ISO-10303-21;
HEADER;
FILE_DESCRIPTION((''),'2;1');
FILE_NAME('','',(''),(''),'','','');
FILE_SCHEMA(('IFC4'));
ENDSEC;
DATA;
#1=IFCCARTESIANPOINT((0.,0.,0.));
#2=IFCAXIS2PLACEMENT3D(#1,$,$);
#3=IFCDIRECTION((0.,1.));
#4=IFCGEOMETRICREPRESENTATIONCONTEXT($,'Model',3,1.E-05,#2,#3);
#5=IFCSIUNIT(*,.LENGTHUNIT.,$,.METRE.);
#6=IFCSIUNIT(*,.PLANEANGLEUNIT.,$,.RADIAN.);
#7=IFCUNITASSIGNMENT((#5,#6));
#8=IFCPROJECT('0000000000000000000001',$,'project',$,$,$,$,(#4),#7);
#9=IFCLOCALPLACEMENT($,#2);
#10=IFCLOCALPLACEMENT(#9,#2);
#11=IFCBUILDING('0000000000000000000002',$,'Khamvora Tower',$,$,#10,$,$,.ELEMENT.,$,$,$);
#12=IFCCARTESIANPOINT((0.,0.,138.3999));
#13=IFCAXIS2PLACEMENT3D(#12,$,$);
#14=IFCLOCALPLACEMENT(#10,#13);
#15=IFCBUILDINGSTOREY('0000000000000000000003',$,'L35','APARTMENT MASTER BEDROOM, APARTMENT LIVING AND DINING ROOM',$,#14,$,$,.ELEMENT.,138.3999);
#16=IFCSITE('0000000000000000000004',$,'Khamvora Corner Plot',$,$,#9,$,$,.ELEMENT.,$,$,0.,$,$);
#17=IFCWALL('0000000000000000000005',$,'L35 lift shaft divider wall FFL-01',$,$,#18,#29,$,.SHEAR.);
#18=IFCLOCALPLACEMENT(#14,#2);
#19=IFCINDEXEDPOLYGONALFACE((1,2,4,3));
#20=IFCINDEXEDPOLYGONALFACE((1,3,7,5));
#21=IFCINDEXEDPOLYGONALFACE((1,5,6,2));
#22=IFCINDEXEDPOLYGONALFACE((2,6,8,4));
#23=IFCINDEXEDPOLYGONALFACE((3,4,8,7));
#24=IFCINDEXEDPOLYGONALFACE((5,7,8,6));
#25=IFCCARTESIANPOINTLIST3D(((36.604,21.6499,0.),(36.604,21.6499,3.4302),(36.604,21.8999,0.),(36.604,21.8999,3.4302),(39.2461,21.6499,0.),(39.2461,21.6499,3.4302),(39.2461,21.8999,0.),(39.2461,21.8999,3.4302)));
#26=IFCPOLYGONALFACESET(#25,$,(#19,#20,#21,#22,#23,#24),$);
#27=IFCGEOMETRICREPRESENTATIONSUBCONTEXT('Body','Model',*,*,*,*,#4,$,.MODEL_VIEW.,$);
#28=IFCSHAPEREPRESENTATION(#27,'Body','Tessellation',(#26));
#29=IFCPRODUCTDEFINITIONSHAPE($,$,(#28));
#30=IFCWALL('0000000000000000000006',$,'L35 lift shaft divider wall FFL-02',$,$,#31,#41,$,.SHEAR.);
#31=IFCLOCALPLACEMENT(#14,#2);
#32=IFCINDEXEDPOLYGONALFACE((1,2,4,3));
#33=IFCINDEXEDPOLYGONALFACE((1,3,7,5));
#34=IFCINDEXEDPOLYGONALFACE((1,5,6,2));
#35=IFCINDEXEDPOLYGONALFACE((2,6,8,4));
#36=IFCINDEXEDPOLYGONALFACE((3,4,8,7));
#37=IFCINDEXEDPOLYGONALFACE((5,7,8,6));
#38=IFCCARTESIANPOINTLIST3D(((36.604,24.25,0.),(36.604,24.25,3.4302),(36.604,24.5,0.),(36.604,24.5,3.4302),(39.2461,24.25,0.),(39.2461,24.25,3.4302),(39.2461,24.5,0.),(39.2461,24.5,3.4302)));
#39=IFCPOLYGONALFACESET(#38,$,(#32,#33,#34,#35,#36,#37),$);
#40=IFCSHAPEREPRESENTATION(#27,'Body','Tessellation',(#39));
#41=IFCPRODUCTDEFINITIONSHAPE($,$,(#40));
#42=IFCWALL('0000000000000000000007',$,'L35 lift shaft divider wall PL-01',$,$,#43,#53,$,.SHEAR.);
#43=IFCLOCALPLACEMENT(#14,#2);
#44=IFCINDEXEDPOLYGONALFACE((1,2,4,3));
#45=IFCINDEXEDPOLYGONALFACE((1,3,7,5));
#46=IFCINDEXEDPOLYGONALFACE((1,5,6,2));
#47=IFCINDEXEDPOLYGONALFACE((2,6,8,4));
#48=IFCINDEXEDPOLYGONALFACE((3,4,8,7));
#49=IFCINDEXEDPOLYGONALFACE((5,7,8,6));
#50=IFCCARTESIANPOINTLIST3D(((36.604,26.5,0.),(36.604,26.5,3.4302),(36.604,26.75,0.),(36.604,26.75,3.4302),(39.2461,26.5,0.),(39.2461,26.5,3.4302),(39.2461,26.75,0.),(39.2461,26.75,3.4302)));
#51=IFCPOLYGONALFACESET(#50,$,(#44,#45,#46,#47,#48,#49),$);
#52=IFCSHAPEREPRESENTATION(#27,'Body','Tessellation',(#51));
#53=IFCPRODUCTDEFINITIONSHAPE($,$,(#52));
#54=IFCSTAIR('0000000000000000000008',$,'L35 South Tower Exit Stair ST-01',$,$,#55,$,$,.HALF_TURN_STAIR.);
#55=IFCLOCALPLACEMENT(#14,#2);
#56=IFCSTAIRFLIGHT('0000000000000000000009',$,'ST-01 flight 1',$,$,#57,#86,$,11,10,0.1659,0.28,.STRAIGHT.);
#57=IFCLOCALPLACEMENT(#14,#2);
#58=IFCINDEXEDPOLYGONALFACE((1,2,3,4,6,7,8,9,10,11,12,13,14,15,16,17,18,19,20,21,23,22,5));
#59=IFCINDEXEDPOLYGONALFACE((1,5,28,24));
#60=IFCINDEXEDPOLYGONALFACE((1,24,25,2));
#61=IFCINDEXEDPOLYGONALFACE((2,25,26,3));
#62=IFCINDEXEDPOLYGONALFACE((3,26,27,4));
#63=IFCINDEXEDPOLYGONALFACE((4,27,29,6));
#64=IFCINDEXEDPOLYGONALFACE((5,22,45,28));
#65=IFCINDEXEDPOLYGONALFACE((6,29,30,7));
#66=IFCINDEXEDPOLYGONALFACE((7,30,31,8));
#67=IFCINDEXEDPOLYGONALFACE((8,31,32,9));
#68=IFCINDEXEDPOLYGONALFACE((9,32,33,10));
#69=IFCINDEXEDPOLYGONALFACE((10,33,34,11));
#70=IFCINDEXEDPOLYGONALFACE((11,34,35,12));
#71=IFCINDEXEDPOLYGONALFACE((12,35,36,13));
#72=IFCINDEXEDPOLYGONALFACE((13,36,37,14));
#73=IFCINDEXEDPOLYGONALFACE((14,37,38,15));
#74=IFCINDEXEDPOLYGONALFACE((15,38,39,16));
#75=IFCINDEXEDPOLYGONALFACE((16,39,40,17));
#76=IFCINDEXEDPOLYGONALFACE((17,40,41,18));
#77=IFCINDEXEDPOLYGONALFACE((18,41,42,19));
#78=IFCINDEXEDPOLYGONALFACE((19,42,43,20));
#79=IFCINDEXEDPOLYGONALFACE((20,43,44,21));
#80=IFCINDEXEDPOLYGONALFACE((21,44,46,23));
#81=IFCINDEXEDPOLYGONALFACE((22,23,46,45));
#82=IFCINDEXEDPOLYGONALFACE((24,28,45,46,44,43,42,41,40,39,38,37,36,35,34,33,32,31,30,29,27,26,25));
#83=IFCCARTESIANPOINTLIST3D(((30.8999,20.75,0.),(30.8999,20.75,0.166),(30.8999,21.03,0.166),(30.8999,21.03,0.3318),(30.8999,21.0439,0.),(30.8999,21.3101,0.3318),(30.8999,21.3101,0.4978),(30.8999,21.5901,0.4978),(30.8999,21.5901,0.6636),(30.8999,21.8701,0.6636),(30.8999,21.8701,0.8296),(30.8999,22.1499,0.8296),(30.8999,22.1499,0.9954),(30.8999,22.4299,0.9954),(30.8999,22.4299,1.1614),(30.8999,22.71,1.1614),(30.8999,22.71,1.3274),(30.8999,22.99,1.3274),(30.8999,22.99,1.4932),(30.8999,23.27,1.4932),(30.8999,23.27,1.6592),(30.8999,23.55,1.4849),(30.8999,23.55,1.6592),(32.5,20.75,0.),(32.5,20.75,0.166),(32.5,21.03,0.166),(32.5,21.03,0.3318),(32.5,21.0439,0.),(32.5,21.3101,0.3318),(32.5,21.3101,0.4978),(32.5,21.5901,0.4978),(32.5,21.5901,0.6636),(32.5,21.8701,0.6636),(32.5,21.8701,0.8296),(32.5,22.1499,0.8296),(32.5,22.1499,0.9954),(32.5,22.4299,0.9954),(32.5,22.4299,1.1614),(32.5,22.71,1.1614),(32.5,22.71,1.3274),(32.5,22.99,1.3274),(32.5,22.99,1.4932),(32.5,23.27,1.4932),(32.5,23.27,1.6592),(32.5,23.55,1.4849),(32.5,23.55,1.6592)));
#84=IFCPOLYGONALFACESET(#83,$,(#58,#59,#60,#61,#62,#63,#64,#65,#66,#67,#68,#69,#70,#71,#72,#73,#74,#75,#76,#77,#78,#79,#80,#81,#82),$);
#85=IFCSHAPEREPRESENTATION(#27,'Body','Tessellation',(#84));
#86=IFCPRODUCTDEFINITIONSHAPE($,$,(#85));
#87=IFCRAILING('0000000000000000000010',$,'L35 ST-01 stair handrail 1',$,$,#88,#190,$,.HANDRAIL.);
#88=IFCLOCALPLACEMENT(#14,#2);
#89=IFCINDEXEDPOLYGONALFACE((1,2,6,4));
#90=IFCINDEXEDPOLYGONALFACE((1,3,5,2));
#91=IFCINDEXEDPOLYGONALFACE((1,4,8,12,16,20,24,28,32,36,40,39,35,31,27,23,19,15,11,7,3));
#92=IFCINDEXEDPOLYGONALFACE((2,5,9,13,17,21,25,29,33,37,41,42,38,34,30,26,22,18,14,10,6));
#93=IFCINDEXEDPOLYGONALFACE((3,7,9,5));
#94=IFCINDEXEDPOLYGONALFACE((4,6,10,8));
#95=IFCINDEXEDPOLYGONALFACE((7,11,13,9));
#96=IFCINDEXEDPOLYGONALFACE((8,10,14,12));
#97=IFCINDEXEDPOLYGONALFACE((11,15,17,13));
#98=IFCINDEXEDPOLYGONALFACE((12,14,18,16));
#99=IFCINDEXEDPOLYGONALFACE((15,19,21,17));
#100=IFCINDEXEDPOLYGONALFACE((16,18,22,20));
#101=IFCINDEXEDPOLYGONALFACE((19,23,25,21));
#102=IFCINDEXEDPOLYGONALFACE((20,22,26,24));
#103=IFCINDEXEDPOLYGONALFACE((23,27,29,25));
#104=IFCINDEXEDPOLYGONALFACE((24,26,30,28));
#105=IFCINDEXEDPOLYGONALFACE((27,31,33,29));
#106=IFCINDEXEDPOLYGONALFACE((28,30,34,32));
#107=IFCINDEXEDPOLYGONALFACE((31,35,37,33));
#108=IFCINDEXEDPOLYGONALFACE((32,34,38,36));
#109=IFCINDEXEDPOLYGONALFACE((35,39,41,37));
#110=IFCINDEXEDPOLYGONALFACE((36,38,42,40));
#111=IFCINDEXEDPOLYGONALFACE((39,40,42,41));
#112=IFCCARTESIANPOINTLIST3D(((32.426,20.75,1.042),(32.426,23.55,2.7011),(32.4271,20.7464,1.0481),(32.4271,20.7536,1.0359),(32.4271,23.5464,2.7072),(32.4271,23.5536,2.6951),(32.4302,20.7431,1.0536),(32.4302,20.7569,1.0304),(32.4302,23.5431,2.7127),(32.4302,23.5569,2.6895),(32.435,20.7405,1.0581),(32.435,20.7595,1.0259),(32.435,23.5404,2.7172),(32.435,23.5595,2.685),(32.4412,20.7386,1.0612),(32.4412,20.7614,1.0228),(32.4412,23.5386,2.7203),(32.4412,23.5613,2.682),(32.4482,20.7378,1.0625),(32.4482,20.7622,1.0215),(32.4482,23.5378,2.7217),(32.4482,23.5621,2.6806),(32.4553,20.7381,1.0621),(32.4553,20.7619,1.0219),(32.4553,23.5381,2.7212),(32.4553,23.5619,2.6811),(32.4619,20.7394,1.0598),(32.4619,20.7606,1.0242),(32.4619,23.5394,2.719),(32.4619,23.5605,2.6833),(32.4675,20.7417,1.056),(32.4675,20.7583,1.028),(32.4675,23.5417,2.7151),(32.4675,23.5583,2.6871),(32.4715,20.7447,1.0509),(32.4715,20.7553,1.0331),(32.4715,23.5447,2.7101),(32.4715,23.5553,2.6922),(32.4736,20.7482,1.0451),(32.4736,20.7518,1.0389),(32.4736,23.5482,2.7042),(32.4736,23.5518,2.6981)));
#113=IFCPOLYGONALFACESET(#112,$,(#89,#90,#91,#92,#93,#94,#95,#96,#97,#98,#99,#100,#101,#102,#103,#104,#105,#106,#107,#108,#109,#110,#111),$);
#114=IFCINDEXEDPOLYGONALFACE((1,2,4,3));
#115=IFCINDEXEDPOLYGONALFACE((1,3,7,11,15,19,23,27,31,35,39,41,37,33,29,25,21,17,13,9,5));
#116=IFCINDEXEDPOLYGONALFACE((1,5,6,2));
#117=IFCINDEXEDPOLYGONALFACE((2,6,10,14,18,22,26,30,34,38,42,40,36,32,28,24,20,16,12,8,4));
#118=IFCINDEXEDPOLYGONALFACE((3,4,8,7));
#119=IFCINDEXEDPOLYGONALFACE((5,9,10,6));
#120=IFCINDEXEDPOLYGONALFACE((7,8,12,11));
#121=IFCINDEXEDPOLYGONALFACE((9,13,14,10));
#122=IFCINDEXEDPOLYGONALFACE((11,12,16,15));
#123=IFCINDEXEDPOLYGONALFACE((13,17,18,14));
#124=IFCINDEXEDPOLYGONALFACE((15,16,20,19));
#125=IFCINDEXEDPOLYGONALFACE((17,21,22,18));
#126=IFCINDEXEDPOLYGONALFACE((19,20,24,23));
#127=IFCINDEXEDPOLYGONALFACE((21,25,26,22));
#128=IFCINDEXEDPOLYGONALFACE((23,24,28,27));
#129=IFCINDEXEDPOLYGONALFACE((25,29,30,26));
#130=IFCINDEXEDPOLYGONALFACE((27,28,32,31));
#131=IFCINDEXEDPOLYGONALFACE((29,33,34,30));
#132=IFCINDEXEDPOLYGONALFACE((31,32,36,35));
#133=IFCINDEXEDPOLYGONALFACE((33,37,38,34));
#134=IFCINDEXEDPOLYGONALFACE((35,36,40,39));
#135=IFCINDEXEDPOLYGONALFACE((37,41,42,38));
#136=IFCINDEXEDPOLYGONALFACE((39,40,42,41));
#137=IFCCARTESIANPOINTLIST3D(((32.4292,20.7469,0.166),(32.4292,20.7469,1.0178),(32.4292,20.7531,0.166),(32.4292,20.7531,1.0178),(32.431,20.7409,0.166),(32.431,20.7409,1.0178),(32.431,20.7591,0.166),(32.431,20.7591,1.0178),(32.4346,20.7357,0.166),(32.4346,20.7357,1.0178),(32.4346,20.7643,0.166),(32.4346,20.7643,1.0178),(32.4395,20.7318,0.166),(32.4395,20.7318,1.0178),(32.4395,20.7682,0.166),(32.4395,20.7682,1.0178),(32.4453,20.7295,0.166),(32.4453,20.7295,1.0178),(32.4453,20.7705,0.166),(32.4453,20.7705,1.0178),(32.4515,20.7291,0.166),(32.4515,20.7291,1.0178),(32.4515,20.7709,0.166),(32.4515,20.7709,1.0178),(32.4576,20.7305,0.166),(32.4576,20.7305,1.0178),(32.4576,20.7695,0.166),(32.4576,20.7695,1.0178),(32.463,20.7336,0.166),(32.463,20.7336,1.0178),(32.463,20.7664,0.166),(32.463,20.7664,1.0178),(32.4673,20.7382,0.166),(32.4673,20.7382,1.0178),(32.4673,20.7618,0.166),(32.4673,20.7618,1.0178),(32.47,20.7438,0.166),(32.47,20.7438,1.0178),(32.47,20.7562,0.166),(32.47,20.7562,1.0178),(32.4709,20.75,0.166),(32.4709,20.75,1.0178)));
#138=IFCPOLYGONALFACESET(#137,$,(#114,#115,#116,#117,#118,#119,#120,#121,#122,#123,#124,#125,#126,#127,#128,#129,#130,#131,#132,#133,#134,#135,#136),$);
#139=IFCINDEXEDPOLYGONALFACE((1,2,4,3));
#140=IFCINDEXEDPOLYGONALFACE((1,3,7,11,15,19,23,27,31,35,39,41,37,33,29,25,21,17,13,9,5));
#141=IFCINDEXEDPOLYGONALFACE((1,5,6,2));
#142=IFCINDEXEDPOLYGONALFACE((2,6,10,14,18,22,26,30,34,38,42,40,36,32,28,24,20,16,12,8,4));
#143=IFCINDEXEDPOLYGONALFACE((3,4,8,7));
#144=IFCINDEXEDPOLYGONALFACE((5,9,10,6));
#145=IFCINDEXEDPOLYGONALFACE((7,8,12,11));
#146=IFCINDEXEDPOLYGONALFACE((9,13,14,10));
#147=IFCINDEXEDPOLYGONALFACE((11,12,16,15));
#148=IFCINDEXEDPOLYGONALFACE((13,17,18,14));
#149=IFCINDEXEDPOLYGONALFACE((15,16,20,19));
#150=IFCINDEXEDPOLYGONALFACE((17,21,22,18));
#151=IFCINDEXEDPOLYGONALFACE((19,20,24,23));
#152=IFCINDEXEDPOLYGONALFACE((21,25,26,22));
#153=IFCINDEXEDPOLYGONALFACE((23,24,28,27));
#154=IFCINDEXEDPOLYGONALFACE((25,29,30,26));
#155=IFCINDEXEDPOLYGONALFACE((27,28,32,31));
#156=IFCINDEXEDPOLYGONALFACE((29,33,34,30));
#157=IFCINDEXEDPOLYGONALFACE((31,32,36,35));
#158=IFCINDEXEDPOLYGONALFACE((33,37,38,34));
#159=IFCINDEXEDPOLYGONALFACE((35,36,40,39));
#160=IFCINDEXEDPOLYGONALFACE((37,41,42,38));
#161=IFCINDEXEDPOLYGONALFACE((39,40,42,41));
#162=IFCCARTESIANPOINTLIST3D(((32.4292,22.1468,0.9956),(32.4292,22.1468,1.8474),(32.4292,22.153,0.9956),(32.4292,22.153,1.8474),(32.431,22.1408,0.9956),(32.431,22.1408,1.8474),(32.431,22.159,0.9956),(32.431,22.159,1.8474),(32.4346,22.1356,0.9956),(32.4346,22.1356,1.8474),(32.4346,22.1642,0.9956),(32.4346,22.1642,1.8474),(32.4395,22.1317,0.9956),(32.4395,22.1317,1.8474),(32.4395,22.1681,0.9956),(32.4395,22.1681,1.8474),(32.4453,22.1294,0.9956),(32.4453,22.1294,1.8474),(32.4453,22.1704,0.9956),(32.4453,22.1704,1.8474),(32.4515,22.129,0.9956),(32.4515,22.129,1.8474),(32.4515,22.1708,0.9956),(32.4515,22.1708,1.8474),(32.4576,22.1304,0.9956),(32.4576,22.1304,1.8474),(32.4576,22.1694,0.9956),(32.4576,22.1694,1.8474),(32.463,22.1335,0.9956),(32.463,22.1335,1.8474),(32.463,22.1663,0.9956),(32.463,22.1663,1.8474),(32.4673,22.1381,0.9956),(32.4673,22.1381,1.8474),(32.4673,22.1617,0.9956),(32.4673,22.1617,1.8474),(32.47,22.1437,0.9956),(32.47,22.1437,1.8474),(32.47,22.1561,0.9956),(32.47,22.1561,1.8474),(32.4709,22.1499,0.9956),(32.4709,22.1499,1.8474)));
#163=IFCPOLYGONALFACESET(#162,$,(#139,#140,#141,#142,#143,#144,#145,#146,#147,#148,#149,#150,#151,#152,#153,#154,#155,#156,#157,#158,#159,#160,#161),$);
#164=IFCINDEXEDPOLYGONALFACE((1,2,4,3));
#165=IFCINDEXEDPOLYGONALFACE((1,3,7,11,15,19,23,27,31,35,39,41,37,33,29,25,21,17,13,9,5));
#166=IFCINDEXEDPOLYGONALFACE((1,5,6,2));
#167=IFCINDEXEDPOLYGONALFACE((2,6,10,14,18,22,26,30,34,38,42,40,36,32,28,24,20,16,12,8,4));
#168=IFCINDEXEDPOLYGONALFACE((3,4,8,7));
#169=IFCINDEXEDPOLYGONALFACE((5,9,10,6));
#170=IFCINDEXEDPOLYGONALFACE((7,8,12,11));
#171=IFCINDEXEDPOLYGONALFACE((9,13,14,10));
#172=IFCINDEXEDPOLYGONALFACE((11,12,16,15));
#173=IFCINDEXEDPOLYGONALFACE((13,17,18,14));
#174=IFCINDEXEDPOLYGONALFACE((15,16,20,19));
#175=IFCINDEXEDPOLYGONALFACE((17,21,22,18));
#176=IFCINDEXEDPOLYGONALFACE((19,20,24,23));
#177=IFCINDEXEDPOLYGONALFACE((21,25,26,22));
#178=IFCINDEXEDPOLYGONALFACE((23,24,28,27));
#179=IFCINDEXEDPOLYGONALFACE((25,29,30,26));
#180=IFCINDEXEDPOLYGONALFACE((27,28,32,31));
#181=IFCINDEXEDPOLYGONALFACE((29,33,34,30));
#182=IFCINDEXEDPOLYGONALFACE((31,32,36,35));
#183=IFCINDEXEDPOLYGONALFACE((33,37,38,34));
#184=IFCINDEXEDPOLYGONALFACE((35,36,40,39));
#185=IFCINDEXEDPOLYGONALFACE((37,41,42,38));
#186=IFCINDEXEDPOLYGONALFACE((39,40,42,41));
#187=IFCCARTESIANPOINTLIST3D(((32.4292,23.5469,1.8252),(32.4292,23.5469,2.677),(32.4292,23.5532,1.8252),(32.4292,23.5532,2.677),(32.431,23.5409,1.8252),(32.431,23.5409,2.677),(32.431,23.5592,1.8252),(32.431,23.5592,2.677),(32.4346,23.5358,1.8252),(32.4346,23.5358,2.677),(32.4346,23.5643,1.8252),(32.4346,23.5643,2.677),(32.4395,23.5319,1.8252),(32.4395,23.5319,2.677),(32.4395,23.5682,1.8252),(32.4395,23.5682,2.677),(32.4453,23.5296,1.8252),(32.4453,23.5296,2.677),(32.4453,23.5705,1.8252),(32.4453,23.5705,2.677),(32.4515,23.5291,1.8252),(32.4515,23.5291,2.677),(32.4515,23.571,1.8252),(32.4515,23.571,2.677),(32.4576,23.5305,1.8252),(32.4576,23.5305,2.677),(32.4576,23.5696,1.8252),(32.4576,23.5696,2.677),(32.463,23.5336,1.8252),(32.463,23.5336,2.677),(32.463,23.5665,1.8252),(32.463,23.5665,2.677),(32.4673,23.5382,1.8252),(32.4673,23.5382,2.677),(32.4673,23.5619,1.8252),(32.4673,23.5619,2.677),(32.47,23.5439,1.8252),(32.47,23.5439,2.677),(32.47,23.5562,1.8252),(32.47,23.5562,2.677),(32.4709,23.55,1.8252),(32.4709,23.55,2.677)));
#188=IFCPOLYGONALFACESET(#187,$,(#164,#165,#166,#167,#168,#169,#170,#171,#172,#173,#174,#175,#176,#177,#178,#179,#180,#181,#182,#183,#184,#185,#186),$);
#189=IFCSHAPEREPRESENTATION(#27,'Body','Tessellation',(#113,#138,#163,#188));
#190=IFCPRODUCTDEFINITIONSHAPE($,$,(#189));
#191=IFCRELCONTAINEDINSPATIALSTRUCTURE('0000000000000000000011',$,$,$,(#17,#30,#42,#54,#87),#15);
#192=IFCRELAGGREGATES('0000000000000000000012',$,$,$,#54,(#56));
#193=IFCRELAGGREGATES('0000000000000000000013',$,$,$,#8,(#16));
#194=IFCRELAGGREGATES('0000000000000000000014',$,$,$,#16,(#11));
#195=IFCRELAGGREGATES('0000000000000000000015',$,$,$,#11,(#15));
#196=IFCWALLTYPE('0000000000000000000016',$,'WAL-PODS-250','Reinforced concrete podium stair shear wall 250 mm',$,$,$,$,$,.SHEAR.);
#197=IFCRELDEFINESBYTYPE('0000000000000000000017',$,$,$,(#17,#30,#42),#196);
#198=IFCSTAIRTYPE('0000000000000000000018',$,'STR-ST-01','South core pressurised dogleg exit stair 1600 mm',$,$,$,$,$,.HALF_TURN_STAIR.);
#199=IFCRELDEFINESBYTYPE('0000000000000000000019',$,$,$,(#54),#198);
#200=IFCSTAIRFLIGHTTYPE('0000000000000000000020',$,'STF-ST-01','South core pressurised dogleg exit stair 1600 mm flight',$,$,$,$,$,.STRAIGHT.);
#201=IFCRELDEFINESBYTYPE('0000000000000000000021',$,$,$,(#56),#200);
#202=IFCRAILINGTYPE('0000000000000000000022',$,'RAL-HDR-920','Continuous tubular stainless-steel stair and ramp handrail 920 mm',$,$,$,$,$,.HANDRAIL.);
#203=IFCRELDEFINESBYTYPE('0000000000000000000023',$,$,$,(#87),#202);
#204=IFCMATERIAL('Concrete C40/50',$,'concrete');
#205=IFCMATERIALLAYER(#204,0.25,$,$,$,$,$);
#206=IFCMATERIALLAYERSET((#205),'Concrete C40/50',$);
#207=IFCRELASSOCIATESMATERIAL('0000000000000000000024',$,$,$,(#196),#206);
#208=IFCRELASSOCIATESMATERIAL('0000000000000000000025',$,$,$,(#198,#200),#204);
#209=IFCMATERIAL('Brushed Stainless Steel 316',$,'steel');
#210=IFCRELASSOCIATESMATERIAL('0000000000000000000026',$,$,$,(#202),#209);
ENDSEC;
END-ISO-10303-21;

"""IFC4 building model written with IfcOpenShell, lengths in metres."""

from ifc_helpers import new_model, si_unit, direction, frame, frame_2d, origin, origin_2d, place, context, subcontext, project, spatial, polyline, rectangle, circle, outline, extrude, material, layer, layer_set, type_object, element, aggregate, save


model = new_model("IFC4")

# Units and contexts
model_context = context("Model", 3, precision=1e-05, world=origin(), true_north=direction((0.0, 1.0)))
body_context = subcontext(model_context, "Body", "Model", "MODEL_VIEW")
ifc_project = project(units=[si_unit("LENGTHUNIT", "METRE"), si_unit("PLANEANGLEUNIT", "RADIAN")], contexts=[model_context])

# Site, building, storey
site_placement = place(None, origin())
site = spatial("IfcSite", under=ifc_project, at=site_placement, Name="Khamvora Corner Plot", CompositionType="ELEMENT", RefElevation=0.0)
building_placement = place(site_placement, origin())
building = spatial("IfcBuilding", under=site, at=building_placement, Name="Khamvora Tower", CompositionType="ELEMENT")
storey_placement = place(building_placement, frame((0.0, 0.0, 138.3999)))
storey = spatial("IfcBuildingStorey", under=building, at=storey_placement, Name="L35", Description="APARTMENT MASTER BEDROOM, APARTMENT LIVING AND DINING ROOM", CompositionType="ELEMENT", Elevation=138.3999)

# Walls
ifc_material_1 = material(Name="Concrete C40/50", Category="concrete")
ifc_layer_1 = layer(ifc_material_1, 0.25)
ifc_layer_set_1 = layer_set([ifc_layer_1], Name="Concrete C40/50")
wall_type_1 = type_object("IfcWallType", Name="WAL-PODS-250", Description="Reinforced concrete podium stair shear wall 250 mm", PredefinedType="SHEAR", material=ifc_layer_set_1)
for number, where, z_axis, x_axis, name in (
    (1, (36.604, 21.7749, 0.0), (0.0, 0.0, 1.0), (1.0, 0.0, 0.0), "L35 lift shaft divider wall FFL-01"),
    (2, (36.604, 24.375, 0.0), (0.0, 0.0, 1.0), (1.0, 0.0, 0.0), "L35 lift shaft divider wall FFL-02"),
    (3, (36.604, 26.625, 0.0), (0.0, 0.0, 1.0), (1.0, 0.0, 0.0), "L35 lift shaft divider wall PL-01"),
):
    element("IfcWall", number, at=place(storey_placement, frame(where, z_axis=z_axis, x_axis=x_axis)), inside=storey, type_object=wall_type_1, Name=name, PredefinedType="SHEAR", context=body_context, shape_type="SweptSolid", body=[
        extrude(rectangle(XDim=2.6421, YDim=0.25, at=frame_2d((1.321, 0.0))), origin(), (0.0, 0.0, 1.0), 3.4302),
    ])

# Stair, stair flight
stair_type = type_object("IfcStairType", Name="STR-ST-01", Description="South core pressurised dogleg exit stair 1600 mm", PredefinedType="HALF_TURN_STAIR", material=ifc_material_1)
stair_placement = place(storey_placement, origin())
stair = element("IfcStair", 4, at=stair_placement, inside=storey, type_object=stair_type, Name="L35 South Tower Exit Stair ST-01", PredefinedType="HALF_TURN_STAIR")
stair_flight_type = type_object("IfcStairFlightType", Name="STF-ST-01", Description="South core pressurised dogleg exit stair 1600 mm flight", PredefinedType="STRAIGHT", material=ifc_material_1)
stair_flight_placement = place(storey_placement, frame((31.7, 20.75, 0.0), z_axis=(0.0, 0.0, 1.0), x_axis=(0.0, 1.0, 0.0)))
stair_flight = element("IfcStairFlight", 5, at=stair_flight_placement, type_object=stair_flight_type, Name="ST-01 flight 1", NumberOfRisers=11, NumberOfTreads=10, PredefinedType="STRAIGHT", RiserHeight=0.1659, TreadLength=0.28, context=body_context, shape_type="SweptSolid", body=[
    extrude(outline(polyline([(0.0, 0.0), (0.0, 0.166), (0.28, 0.166), (0.28, 0.3318), (0.5601, 0.3318), (0.5601, 0.4978), (0.8401, 0.4978), (0.8401, 0.6636), (1.1201, 0.6636), (1.1201, 0.8296), (1.3999, 0.8296), (1.3999, 0.9954), (1.6799, 0.9954), (1.6799, 1.1614), (1.96, 1.1614), (1.96, 1.3274), (2.24, 1.3274), (2.24, 1.4932), (2.52, 1.4932), (2.52, 1.6592), (2.8, 1.6592), (2.8, 1.825), (2.8, 1.4849), (0.2939, 0.0), (0.0, 0.0)])), frame((0.0, 0.8, 0.0), z_axis=(0.0, -1.0, 0.0), x_axis=(1.0, 0.0, 0.0)), (0.0, 0.0, 1.0), 1.6001),
])
aggregate(stair, [stair_flight])

# Railing
ifc_material_2 = material(Name="Brushed Stainless Steel 316", Category="steel")
railing_type_1 = type_object("IfcRailingType", Name="RAL-HDR-920", Description="Continuous tubular stainless-steel stair and ramp handrail 920 mm", PredefinedType="HANDRAIL", material=ifc_material_2)
railing_1_placement = place(storey_placement, frame((32.45, 20.75, 0.166)))
element("IfcRailing", 6, at=railing_1_placement, inside=storey, type_object=railing_type_1, Name="L35 ST-01 stair handrail 1", PredefinedType="HANDRAIL", context=body_context, shape_type="SweptSolid", body=[
    extrude(circle(Radius=0.0239, at=origin_2d()), frame((0.0, 0.0, 0.876), z_axis=(0.0, 0.860306, 0.509778), x_axis=(-1.0, 0.0, 0.0)), (0.0, 0.0, 1.0), 3.2546),
    extrude(circle(Radius=0.021, at=origin_2d()), origin(), (0.0, 0.0, 1.0), 0.8518),
    extrude(circle(Radius=0.021, at=origin_2d()), frame((0.0, 1.3999, 0.8296)), (0.0, 0.0, 1.0), 0.8518),
    extrude(circle(Radius=0.021, at=origin_2d()), frame((0.0, 2.8, 1.6592)), (0.0, 0.0, 1.0), 0.8518),
])

save(model, "model.ifc")
